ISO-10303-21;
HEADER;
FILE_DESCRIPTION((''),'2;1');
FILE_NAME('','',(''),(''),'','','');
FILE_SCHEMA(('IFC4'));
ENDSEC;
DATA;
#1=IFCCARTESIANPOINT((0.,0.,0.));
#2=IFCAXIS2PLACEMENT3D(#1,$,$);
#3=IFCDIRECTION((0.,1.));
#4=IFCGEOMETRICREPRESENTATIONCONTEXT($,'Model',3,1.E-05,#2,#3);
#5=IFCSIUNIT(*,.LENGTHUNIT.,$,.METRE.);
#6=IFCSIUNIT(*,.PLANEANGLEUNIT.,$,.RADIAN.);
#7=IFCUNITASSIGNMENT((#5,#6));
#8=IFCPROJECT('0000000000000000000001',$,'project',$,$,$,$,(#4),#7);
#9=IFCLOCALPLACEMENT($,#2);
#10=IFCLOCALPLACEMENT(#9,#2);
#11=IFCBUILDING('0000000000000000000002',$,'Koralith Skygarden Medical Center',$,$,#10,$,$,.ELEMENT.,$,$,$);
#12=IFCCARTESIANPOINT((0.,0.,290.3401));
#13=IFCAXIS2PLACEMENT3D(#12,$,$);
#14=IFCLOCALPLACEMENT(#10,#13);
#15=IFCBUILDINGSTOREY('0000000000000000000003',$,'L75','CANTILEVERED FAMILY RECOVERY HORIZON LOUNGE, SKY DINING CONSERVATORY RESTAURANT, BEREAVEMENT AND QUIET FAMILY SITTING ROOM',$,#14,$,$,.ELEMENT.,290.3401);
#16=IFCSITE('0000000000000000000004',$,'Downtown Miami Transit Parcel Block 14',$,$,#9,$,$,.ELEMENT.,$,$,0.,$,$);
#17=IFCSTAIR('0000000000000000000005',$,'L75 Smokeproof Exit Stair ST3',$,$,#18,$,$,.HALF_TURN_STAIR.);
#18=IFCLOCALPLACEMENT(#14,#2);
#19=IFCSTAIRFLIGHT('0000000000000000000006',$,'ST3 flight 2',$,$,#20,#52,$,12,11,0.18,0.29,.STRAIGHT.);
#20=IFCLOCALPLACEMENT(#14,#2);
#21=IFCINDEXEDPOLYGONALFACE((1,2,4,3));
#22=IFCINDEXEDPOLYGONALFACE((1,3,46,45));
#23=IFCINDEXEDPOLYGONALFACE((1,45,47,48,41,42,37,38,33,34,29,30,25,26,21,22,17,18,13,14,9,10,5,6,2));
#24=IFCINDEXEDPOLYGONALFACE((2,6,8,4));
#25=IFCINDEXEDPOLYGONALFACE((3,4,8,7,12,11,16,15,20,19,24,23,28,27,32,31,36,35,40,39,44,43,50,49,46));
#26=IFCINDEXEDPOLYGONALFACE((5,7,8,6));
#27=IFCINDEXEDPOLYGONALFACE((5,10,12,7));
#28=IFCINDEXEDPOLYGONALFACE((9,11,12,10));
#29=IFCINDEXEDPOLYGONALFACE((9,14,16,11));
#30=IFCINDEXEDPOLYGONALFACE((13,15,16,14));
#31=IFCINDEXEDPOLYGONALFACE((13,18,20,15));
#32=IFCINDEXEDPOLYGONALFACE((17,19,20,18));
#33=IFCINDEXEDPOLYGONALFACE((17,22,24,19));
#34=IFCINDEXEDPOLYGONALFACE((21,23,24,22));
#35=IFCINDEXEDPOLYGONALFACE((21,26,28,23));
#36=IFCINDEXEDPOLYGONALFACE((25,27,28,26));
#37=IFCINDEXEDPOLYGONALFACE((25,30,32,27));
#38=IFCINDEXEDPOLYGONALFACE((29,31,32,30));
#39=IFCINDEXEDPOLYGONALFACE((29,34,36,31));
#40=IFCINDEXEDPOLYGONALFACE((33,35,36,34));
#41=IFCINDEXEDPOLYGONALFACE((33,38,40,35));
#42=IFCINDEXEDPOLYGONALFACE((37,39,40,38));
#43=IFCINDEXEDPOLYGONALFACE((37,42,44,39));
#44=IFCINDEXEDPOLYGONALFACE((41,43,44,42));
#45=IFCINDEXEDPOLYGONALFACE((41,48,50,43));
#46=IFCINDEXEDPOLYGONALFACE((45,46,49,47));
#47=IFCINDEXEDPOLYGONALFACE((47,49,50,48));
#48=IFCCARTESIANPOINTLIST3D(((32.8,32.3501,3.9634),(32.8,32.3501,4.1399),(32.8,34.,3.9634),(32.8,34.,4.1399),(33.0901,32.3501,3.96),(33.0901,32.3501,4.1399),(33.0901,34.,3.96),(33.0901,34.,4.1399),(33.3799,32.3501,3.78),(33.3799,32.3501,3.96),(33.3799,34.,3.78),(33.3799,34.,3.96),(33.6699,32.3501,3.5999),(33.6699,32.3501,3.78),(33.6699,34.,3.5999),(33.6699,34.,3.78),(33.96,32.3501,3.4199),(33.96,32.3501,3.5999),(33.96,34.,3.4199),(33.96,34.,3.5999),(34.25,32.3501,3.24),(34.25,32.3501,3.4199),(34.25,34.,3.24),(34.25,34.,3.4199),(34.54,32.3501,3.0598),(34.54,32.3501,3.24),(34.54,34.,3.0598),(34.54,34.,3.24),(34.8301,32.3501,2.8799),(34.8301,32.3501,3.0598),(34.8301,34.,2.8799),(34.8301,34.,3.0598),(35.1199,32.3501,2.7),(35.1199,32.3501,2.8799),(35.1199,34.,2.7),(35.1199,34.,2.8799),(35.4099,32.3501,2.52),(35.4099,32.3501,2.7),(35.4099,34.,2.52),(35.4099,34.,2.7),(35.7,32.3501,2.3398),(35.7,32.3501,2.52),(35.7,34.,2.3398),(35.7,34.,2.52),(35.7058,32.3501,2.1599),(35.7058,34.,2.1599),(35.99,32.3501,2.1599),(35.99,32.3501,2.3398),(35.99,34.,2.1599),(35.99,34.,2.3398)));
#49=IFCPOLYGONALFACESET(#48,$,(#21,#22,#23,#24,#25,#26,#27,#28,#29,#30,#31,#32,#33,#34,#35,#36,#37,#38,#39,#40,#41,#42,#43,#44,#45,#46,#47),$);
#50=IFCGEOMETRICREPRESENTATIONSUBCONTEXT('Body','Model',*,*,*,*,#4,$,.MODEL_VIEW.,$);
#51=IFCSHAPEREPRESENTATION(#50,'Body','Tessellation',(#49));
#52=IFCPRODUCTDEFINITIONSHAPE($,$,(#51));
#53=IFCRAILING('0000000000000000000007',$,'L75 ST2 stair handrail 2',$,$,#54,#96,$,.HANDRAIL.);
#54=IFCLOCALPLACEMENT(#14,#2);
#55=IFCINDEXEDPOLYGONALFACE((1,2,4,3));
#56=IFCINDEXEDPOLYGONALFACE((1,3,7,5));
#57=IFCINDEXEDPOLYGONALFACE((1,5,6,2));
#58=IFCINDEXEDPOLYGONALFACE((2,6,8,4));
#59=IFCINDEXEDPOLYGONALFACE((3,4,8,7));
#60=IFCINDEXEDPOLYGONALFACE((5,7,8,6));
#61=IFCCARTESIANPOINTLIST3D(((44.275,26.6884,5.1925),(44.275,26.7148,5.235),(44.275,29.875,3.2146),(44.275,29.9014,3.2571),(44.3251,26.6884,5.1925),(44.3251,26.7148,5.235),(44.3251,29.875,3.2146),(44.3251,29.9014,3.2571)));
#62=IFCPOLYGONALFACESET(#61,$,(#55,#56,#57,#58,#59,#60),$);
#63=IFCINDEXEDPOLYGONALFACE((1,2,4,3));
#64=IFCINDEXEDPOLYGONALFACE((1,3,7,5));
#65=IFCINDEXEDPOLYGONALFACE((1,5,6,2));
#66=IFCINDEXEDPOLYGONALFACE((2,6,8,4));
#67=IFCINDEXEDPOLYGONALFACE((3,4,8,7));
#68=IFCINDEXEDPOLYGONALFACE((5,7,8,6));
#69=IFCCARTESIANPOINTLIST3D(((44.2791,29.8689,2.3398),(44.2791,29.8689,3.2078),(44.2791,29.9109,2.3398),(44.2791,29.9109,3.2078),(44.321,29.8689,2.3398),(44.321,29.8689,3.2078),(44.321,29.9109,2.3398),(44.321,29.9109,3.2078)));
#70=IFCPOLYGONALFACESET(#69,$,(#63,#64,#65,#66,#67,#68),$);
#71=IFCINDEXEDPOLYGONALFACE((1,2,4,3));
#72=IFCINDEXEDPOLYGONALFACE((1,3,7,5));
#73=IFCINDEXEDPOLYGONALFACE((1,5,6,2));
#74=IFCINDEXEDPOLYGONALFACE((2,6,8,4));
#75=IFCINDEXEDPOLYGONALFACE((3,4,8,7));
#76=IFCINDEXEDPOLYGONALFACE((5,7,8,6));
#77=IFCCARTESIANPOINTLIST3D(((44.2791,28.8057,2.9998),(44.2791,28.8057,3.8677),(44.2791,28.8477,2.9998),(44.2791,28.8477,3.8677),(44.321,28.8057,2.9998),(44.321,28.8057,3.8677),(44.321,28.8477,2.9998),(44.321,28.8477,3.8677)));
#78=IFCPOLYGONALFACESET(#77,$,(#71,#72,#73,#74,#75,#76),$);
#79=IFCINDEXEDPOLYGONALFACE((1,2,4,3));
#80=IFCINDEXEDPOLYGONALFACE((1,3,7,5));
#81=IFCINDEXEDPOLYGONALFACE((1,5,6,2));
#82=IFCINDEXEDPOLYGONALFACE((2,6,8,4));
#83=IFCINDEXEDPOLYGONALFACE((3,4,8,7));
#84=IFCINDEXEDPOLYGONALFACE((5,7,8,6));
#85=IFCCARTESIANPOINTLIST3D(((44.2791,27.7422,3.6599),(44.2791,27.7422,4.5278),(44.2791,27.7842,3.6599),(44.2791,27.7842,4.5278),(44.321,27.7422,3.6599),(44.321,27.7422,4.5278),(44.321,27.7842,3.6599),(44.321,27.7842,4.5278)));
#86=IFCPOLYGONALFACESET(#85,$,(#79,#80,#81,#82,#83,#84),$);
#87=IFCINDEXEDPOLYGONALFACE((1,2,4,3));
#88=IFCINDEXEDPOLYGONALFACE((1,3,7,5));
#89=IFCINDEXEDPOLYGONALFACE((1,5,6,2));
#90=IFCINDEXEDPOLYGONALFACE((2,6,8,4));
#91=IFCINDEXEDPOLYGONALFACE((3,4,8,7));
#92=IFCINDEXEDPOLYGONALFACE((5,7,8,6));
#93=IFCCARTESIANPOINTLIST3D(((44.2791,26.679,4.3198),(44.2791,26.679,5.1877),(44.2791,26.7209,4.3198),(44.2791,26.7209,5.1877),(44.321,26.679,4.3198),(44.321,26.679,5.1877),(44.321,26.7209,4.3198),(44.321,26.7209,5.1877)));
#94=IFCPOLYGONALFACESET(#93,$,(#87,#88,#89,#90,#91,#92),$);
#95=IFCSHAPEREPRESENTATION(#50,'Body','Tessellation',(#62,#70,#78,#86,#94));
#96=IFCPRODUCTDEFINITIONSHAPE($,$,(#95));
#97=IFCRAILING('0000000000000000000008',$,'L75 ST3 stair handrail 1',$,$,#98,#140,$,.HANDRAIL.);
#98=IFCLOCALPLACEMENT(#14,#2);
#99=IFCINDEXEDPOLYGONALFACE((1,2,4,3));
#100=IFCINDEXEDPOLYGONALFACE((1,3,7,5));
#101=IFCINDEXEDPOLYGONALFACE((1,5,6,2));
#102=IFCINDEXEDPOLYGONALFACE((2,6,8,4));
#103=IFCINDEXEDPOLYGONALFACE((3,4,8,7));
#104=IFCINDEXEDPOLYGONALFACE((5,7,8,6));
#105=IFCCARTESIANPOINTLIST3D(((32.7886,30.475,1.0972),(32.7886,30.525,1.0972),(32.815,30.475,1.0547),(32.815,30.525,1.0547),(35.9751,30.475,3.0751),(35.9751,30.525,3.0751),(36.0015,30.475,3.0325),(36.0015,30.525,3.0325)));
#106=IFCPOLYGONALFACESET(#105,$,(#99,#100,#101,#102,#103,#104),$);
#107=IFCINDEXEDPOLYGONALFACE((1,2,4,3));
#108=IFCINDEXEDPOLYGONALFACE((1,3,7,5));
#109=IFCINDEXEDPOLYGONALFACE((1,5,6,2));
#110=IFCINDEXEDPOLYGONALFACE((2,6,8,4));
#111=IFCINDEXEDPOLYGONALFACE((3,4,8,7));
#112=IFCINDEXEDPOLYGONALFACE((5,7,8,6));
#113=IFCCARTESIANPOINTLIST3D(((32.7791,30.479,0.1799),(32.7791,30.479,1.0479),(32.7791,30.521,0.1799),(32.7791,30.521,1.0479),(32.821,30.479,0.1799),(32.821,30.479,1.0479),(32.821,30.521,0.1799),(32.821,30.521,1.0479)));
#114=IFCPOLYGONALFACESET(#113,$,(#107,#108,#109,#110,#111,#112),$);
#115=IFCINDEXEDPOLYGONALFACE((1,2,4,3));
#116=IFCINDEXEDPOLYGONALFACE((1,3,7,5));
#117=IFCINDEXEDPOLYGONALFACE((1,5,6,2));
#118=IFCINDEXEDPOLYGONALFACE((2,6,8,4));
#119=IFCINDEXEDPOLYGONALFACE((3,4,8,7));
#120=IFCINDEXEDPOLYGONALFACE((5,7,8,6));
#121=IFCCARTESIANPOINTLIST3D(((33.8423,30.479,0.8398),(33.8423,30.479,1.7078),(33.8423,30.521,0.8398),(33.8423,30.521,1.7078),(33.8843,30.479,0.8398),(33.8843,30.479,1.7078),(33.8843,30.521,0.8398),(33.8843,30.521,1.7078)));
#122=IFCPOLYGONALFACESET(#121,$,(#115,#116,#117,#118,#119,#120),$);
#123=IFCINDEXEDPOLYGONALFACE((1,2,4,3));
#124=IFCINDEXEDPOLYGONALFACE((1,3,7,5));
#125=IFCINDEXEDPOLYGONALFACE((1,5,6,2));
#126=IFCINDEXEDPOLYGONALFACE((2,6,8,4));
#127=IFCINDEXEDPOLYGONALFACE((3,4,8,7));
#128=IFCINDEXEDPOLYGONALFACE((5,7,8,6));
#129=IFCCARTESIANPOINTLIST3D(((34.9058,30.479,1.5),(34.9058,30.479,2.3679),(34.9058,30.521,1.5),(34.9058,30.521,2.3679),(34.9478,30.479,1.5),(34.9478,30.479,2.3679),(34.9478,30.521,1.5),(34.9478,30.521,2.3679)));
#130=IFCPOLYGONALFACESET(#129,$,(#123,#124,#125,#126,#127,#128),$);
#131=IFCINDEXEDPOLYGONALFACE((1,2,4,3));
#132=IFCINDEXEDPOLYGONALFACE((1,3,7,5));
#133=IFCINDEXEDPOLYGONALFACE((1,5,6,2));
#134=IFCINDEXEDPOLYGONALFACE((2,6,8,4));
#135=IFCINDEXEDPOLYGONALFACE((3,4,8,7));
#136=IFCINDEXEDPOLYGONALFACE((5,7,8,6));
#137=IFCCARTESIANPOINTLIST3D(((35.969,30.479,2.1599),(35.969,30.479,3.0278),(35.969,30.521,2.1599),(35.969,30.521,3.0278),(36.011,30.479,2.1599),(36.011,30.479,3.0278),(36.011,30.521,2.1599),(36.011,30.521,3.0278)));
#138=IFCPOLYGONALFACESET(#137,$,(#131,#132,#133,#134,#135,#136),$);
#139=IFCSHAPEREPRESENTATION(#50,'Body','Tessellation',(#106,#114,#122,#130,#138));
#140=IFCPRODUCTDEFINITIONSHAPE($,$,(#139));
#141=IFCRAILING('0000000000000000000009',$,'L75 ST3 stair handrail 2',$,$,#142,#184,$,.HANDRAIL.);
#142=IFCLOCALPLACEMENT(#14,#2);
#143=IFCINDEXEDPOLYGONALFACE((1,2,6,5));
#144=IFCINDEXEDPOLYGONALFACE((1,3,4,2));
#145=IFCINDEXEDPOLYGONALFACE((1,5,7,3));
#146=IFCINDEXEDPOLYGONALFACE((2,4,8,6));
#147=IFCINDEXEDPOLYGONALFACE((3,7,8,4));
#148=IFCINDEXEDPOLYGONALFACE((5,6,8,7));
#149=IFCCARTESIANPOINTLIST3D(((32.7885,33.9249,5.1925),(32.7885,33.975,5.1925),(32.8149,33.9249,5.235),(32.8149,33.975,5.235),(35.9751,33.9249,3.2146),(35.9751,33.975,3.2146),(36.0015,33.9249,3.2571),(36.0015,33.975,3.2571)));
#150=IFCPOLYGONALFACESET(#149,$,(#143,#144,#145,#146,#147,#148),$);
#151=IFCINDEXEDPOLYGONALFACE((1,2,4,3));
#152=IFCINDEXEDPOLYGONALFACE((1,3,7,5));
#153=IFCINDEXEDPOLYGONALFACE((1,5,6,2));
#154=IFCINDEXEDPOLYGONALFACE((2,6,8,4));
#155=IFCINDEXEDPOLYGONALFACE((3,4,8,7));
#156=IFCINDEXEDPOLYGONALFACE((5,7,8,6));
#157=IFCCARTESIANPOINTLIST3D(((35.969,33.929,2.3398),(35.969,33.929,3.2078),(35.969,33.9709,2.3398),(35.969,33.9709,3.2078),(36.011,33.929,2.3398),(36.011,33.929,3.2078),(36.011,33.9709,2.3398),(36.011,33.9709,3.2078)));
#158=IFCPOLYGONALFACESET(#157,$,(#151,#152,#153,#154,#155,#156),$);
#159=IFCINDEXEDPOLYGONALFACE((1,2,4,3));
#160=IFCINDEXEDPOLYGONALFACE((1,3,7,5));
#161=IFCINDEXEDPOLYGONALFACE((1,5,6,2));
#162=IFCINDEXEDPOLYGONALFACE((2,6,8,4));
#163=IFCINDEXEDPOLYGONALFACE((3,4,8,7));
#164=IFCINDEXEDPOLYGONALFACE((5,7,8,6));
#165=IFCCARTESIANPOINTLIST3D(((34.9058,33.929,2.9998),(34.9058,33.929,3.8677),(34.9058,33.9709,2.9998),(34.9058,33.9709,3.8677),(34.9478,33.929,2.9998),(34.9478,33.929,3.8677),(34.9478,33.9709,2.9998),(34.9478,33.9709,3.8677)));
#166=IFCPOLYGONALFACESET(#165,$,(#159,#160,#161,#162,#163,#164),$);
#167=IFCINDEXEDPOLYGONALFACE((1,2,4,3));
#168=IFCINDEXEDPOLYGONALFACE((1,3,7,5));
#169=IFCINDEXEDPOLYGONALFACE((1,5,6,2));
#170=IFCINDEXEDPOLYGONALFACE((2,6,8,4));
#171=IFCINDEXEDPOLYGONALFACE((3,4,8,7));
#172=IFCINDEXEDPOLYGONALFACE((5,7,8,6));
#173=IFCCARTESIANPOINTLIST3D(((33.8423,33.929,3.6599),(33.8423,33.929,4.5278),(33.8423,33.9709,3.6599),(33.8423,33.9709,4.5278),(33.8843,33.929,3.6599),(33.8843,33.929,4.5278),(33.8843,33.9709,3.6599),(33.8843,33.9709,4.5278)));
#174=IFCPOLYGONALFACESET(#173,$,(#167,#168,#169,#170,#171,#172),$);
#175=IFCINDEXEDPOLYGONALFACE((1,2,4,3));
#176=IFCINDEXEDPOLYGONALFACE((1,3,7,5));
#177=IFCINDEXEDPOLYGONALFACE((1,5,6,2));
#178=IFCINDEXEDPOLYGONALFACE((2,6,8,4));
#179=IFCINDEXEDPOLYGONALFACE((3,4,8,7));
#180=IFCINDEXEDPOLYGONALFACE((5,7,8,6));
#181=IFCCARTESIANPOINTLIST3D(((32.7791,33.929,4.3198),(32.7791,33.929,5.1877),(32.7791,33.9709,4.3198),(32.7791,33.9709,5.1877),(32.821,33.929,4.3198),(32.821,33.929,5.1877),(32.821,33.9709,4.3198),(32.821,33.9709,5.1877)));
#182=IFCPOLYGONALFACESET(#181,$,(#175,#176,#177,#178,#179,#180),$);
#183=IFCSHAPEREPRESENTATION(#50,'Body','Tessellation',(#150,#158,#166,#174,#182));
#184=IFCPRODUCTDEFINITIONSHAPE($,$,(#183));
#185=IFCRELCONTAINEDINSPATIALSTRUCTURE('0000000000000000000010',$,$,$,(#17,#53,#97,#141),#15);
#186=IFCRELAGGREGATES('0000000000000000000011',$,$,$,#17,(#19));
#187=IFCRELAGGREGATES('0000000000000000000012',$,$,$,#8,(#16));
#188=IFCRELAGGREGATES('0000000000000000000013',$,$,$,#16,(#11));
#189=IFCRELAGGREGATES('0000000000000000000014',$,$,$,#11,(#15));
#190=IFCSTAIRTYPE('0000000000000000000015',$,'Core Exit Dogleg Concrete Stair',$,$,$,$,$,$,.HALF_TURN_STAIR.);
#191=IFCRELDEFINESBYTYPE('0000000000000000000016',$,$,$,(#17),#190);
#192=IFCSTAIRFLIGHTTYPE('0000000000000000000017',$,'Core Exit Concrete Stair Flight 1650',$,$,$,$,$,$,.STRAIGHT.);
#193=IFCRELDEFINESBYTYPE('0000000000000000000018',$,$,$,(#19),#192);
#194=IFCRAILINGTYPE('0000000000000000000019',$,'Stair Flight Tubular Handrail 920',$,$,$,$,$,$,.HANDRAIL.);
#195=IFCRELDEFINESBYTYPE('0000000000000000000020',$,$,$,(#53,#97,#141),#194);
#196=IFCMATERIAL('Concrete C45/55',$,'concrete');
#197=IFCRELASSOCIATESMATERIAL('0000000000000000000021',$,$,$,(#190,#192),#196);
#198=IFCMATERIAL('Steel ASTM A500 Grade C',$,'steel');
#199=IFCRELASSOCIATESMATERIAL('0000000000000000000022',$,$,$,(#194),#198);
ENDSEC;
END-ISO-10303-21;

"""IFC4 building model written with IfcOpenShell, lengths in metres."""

from ifc_helpers import new_model, si_unit, direction, frame, origin, origin_2d, place, context, subcontext, project, spatial, polyline, rectangle, outline, extrude, material, type_object, element, aggregate, save


model = new_model("IFC4")

# Units and contexts
model_context = context("Model", 3, precision=1e-05, world=origin(), true_north=direction((0.0, 1.0)))
body_context = subcontext(model_context, "Body", "Model", "MODEL_VIEW")
ifc_project = project(units=[si_unit("LENGTHUNIT", "METRE"), si_unit("PLANEANGLEUNIT", "RADIAN")], contexts=[model_context])

# Site, building, storey
site_placement = place(None, origin())
site = spatial("IfcSite", under=ifc_project, at=site_placement, Name="Downtown Miami Transit Parcel Block 14", CompositionType="ELEMENT", RefElevation=0.0)
building_placement = place(site_placement, origin())
building = spatial("IfcBuilding", under=site, at=building_placement, Name="Koralith Skygarden Medical Center", CompositionType="ELEMENT")
storey_placement = place(building_placement, frame((0.0, 0.0, 290.3401)))
storey = spatial("IfcBuildingStorey", under=building, at=storey_placement, Name="L75", Description="CANTILEVERED FAMILY RECOVERY HORIZON LOUNGE, SKY DINING CONSERVATORY RESTAURANT, BEREAVEMENT AND QUIET FAMILY SITTING ROOM", CompositionType="ELEMENT", Elevation=290.3401)

# Shared definitions
ifc_material_1 = material(Name="Concrete C45/55", Category="concrete")

# Shared definitions
ifc_material_2 = material(Name="Steel ASTM A500 Grade C", Category="steel")

# Shared definitions
stair_type = type_object("IfcStairType", Name="Core Exit Dogleg Concrete Stair", PredefinedType="HALF_TURN_STAIR", material=ifc_material_1)
stair_flight_type = type_object("IfcStairFlightType", Name="Core Exit Concrete Stair Flight 1650", PredefinedType="STRAIGHT", material=ifc_material_1)

# Stair, stair flight
stair_1_placement = place(storey_placement, origin())
stair_1 = element("IfcStair", 1, at=stair_1_placement, inside=storey, type_object=stair_type, Name="L75 Smokeproof Exit Stair ST3", PredefinedType="HALF_TURN_STAIR")
stair_flight_1_placement = place(storey_placement, frame((35.99, 33.175, 2.1599), z_axis=(0.0, 0.0, 1.0), x_axis=(-1.0, 0.0, 0.0)))
stair_flight_1 = element("IfcStairFlight", 2, at=stair_flight_1_placement, type_object=stair_flight_type, Name="ST3 flight 2", NumberOfRisers=12, NumberOfTreads=11, PredefinedType="STRAIGHT", RiserHeight=0.18, TreadLength=0.29, context=body_context, shape_type="SweptSolid", body=[
    extrude(outline(polyline([(0.0, 0.0), (0.0, 0.1799), (0.29, 0.1799), (0.29, 0.3601), (0.5801, 0.3601), (0.5801, 0.54), (0.8701, 0.54), (0.8701, 0.72), (1.1599, 0.72), (1.1599, 0.8999), (1.45, 0.8999), (1.45, 1.0801), (1.74, 1.0801), (1.74, 1.26), (2.03, 1.26), (2.03, 1.4399), (2.3201, 1.4399), (2.3201, 1.6201), (2.6101, 1.6201), (2.6101, 1.8), (2.8999, 1.8), (2.8999, 1.98), (3.1899, 1.98), (3.1899, 2.1599), (3.1899, 1.8035), (0.2842, 0.0), (0.0, 0.0)])), frame((0.0, 0.825, 0.0), z_axis=(0.0, -1.0, 0.0), x_axis=(1.0, 0.0, 0.0)), (0.0, 0.0, 1.0), 1.6499),
])
aggregate(stair_1, [stair_flight_1])

# Railings
railing_type_1 = type_object("IfcRailingType", Name="Stair Flight Tubular Handrail 920", PredefinedType="HANDRAIL", material=ifc_material_2)
railing_1_placement = place(storey_placement, frame((44.3, 29.8899, 2.3398)))
element("IfcRailing", 3, at=railing_1_placement, inside=storey, type_object=railing_type_1, Name="L75 ST2 stair handrail 2", PredefinedType="HANDRAIL", context=body_context, shape_type="SweptSolid", body=[
    extrude(rectangle(XDim=0.05, YDim=0.05, at=origin_2d()), frame((0.0, -0.0017, 0.896), z_axis=(0.0, -0.849638, 0.527366), x_axis=(1.0, 0.0, 0.0)), (0.0, 0.0, 1.0), 3.7505),
    extrude(rectangle(XDim=0.042, YDim=0.042, at=origin_2d()), origin(), (0.0, 0.0, 1.0), 0.8679),
    extrude(rectangle(XDim=0.042, YDim=0.042, at=origin_2d()), frame((0.0, -1.0632, 0.6599)), (0.0, 0.0, 1.0), 0.8679),
    extrude(rectangle(XDim=0.042, YDim=0.042, at=origin_2d()), frame((0.0, -2.1267, 1.3201)), (0.0, 0.0, 1.0), 0.8679),
    extrude(rectangle(XDim=0.042, YDim=0.042, at=origin_2d()), frame((0.0, -3.1899, 1.98)), (0.0, 0.0, 1.0), 0.8679),
])
railing_2_placement = place(storey_placement, frame((32.8, 30.5, 0.1799)))
element("IfcRailing", 4, at=railing_2_placement, inside=storey, type_object=railing_type_1, Name="L75 ST3 stair handrail 1", PredefinedType="HANDRAIL", context=body_context, shape_type="SweptSolid", body=[
    extrude(rectangle(XDim=0.05, YDim=0.05, at=origin_2d()), frame((0.0017, 0.0, 0.896), z_axis=(0.849638, 0.0, 0.527366), x_axis=(0.0, 1.0, 0.0)), (0.0, 0.0, 1.0), 3.7505),
    extrude(rectangle(XDim=0.042, YDim=0.042, at=origin_2d()), origin(), (0.0, 0.0, 1.0), 0.8679),
    extrude(rectangle(XDim=0.042, YDim=0.042, at=origin_2d()), frame((1.0632, 0.0, 0.6599)), (0.0, 0.0, 1.0), 0.8679),
    extrude(rectangle(XDim=0.042, YDim=0.042, at=origin_2d()), frame((2.1267, 0.0, 1.3201)), (0.0, 0.0, 1.0), 0.8679),
    extrude(rectangle(XDim=0.042, YDim=0.042, at=origin_2d()), frame((3.1899, 0.0, 1.98)), (0.0, 0.0, 1.0), 0.8679),
])
railing_3_placement = place(storey_placement, frame((35.99, 33.95, 2.3398)))
element("IfcRailing", 5, at=railing_3_placement, inside=storey, type_object=railing_type_1, Name="L75 ST3 stair handrail 2", PredefinedType="HANDRAIL", context=body_context, shape_type="SweptSolid", body=[
    extrude(rectangle(XDim=0.05, YDim=0.05, at=origin_2d()), frame((-0.0017, 0.0, 0.896), z_axis=(-0.849638, 0.0, 0.527366), x_axis=(0.0, -1.0, 0.0)), (0.0, 0.0, 1.0), 3.7505),
    extrude(rectangle(XDim=0.042, YDim=0.042, at=origin_2d()), origin(), (0.0, 0.0, 1.0), 0.8679),
    extrude(rectangle(XDim=0.042, YDim=0.042, at=origin_2d()), frame((-1.0632, 0.0, 0.6599)), (0.0, 0.0, 1.0), 0.8679),
    extrude(rectangle(XDim=0.042, YDim=0.042, at=origin_2d()), frame((-2.1267, 0.0, 1.3201)), (0.0, 0.0, 1.0), 0.8679),
    extrude(rectangle(XDim=0.042, YDim=0.042, at=origin_2d()), frame((-3.1899, 0.0, 1.98)), (0.0, 0.0, 1.0), 0.8679),
])

save(model, "model.ifc")
